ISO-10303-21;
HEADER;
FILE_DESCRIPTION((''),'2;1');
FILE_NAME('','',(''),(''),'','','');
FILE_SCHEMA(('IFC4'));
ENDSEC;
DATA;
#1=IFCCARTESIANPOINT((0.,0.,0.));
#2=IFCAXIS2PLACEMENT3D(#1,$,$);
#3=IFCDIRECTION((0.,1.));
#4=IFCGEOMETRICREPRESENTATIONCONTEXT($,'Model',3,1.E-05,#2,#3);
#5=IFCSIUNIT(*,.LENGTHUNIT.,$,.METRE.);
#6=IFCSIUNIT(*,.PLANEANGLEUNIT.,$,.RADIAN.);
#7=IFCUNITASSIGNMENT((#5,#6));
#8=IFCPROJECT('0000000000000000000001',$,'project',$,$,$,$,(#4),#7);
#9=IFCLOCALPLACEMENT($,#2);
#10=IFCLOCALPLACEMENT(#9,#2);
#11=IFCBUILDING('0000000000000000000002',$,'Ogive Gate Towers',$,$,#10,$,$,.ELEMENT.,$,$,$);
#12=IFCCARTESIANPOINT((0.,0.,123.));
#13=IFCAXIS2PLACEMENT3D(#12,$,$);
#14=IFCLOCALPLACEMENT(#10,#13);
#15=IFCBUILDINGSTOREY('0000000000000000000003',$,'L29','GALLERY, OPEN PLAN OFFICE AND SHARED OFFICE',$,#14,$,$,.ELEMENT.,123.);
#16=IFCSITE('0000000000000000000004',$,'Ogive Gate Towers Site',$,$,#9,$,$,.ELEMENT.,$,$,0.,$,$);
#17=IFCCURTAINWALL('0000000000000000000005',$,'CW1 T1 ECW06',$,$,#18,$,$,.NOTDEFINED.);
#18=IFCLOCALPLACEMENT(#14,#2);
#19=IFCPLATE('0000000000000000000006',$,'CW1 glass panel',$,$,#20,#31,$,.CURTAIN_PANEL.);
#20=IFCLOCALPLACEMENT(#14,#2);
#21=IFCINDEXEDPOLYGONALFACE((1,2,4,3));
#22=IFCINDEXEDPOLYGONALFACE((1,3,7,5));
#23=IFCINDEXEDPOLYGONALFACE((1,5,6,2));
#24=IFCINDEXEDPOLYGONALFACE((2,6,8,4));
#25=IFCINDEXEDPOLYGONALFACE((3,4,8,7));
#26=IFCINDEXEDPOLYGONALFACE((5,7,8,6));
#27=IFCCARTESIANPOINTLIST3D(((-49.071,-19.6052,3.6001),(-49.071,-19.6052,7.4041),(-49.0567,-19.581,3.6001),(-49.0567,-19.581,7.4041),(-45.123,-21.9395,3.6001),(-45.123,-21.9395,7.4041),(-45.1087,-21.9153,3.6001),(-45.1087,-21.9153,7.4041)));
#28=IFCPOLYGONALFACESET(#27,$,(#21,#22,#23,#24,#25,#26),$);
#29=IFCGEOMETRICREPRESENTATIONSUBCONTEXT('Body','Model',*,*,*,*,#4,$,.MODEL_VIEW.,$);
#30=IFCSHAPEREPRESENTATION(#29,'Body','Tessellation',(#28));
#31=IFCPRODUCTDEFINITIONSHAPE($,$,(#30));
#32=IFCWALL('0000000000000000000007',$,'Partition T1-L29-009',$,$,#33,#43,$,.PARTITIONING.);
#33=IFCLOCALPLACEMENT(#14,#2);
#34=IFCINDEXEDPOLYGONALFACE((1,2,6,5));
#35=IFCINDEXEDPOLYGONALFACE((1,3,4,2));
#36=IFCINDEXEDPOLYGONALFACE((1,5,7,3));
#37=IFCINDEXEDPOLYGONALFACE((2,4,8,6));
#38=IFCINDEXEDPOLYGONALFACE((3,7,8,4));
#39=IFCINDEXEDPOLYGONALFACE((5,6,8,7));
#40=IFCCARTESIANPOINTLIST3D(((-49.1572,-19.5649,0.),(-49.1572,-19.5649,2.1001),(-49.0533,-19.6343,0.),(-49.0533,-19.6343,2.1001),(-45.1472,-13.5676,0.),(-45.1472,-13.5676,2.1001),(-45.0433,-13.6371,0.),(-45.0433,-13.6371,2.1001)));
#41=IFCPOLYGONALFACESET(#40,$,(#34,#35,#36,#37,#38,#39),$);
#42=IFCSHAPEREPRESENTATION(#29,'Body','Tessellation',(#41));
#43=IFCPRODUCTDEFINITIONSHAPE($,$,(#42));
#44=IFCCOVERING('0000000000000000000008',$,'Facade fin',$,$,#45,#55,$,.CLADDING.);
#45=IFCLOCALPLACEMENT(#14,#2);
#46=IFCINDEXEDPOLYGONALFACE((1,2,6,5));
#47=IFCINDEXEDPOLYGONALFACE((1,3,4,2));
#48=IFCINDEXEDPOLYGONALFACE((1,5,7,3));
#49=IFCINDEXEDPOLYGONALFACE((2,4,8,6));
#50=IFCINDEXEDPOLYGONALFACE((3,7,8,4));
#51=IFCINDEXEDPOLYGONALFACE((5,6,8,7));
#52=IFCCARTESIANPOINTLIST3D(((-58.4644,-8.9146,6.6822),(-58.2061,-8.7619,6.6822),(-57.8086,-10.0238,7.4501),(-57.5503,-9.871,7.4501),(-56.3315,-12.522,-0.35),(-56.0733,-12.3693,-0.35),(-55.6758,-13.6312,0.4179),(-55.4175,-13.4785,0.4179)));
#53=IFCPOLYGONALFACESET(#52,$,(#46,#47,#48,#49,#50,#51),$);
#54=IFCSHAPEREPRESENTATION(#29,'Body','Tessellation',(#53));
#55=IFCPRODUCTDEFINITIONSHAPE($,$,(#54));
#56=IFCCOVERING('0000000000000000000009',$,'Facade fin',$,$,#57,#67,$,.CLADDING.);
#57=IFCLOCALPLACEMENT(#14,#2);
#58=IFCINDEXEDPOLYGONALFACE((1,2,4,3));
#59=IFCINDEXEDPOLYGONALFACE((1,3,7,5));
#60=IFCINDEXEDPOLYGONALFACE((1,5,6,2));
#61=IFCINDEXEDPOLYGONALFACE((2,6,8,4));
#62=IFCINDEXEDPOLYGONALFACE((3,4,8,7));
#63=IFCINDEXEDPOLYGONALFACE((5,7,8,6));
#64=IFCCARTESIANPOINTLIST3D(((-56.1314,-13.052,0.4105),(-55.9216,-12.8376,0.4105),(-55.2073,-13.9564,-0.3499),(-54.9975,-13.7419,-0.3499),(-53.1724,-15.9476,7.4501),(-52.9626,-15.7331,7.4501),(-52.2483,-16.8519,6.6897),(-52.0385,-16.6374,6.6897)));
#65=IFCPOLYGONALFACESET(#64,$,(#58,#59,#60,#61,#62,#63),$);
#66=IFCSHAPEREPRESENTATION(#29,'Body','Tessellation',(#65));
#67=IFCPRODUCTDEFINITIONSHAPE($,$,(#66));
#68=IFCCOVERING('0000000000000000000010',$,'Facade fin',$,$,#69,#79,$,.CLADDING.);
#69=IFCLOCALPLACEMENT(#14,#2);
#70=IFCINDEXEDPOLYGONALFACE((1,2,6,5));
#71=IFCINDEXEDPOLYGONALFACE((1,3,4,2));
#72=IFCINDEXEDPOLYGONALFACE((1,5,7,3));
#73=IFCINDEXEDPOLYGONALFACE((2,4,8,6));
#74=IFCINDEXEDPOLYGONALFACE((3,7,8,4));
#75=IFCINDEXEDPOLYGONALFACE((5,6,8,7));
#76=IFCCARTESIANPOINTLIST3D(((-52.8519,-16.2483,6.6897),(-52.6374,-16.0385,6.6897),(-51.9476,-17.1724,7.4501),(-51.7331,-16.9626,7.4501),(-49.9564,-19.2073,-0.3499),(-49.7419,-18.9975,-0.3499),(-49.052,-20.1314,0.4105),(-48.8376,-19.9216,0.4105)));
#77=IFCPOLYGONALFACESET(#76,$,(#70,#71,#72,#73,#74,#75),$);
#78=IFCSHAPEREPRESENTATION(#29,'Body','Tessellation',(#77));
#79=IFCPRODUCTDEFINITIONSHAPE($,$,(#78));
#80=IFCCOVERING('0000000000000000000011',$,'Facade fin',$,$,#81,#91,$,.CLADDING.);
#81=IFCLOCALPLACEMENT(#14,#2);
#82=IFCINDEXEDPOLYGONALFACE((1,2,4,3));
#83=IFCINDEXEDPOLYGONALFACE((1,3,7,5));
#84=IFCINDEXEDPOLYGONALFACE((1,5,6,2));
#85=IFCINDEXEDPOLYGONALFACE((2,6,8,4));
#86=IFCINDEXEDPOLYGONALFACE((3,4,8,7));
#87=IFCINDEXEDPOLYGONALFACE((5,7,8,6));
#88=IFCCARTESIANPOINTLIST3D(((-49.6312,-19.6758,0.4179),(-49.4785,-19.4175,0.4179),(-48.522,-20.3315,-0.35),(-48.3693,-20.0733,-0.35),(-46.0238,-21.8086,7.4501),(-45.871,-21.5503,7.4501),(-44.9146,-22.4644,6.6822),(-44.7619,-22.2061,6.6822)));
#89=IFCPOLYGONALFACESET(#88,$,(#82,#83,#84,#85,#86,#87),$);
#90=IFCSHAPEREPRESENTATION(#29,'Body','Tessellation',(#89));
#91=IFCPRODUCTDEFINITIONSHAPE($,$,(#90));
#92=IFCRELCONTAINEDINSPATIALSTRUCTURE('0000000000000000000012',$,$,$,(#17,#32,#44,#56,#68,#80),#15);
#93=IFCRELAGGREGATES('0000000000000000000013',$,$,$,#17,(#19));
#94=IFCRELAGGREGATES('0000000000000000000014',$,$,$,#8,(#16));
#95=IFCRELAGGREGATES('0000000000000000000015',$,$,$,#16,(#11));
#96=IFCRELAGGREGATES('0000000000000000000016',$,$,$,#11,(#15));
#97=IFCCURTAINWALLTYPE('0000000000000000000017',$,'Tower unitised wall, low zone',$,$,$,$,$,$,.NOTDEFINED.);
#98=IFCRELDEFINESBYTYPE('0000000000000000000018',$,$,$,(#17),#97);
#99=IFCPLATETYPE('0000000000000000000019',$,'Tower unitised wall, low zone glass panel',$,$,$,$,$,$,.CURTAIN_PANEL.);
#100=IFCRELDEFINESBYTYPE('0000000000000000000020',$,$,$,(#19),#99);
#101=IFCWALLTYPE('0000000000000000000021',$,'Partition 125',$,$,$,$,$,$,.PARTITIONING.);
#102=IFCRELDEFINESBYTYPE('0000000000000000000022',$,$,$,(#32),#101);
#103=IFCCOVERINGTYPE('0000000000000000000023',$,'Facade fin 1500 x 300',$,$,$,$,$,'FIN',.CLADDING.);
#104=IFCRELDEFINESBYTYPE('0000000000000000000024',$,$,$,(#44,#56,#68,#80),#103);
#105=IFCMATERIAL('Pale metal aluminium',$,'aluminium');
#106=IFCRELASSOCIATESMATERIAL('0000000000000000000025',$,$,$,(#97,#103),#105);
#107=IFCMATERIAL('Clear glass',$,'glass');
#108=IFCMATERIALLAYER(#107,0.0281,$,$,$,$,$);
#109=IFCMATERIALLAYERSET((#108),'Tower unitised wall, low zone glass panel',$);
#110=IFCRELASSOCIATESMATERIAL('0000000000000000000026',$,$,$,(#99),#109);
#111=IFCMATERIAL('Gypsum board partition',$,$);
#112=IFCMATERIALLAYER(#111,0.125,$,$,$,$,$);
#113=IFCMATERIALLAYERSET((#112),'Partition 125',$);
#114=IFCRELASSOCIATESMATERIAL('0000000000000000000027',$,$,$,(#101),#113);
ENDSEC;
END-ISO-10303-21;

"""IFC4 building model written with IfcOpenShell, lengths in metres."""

from ifc_helpers import new_model, si_unit, direction, frame, frame_2d, origin, origin_2d, place, context, subcontext, project, spatial, rectangle, extrude, material, layer, layer_set, material_profile, profile_set, type_object, element, aggregate, save


model = new_model("IFC4")

# Units and contexts
model_context = context("Model", 3, precision=1e-05, world=origin(), true_north=direction((0.0, 1.0)))
body_context = subcontext(model_context, "Body", "Model", "MODEL_VIEW")
ifc_project = project(units=[si_unit("LENGTHUNIT", "METRE"), si_unit("PLANEANGLEUNIT", "RADIAN")], contexts=[model_context])

# Site, building, storey
site_placement = place(None, origin())
site = spatial("IfcSite", under=ifc_project, at=site_placement, Name="Ogive Gate Towers Site", CompositionType="ELEMENT", RefElevation=0.0)
building_placement = place(site_placement, origin())
building = spatial("IfcBuilding", under=site, at=building_placement, Name="Ogive Gate Towers", CompositionType="ELEMENT")
storey_placement = place(building_placement, frame((0.0, 0.0, 123.0)))
storey = spatial("IfcBuildingStorey", under=building, at=storey_placement, Name="L29", Description="GALLERY, OPEN PLAN OFFICE AND SHARED OFFICE", CompositionType="ELEMENT", Elevation=123.0)

# Shared definitions
ifc_material_1 = material(Name="Pale metal aluminium", Category="aluminium")
curtain_wall_type = type_object("IfcCurtainWallType", Name="Tower unitised wall, low zone", PredefinedType="NOTDEFINED", material=ifc_material_1)

# Curtain wall
curtain_wall_1_placement = place(storey_placement, origin())
curtain_wall_1 = element("IfcCurtainWall", 1, at=curtain_wall_1_placement, inside=storey, type_object=curtain_wall_type, Name="CW1 T1 ECW06", PredefinedType="NOTDEFINED")

# Plate
ifc_material_2 = material(Name="Clear glass", Category="glass")
ifc_layer_1 = layer(ifc_material_2, 0.0281)
ifc_layer_set_1 = layer_set([ifc_layer_1], Name="Tower unitised wall, low zone glass panel")
plate_type = type_object("IfcPlateType", Name="Tower unitised wall, low zone glass panel", PredefinedType="CURTAIN_PANEL", material=ifc_layer_set_1)
plate_1_placement = place(storey_placement, frame((-47.0898, -20.7603, 3.6001), z_axis=(0.0, 0.0, 1.0), x_axis=(0.860795, -0.508951, 0.0)))
plate_1 = element("IfcPlate", 2, at=plate_1_placement, type_object=plate_type, Name="CW1 glass panel", PredefinedType="CURTAIN_PANEL", context=body_context, shape_type="SweptSolid", body=[
    extrude(rectangle(XDim=4.5864, YDim=0.0281, at=origin_2d()), origin(), (0.0, 0.0, 1.0), 3.804),
])
aggregate(curtain_wall_1, [plate_1])

# Wall
ifc_material_3 = material(Name="Gypsum board partition")
ifc_layer_2 = layer(ifc_material_3, 0.125)
ifc_layer_set_2 = layer_set([ifc_layer_2], Name="Partition 125")
wall_type = type_object("IfcWallType", Name="Partition 125", PredefinedType="PARTITIONING", material=ifc_layer_set_2)
wall_placement = place(storey_placement, frame((-49.1052, -19.5996, 0.0), z_axis=(0.0, 0.0, 1.0), x_axis=(0.555832, 0.831295, 0.0)))
element("IfcWall", 3, at=wall_placement, inside=storey, type_object=wall_type, Name="Partition T1-L29-009", PredefinedType="PARTITIONING", context=body_context, shape_type="SweptSolid", body=[
    extrude(rectangle(XDim=7.2144, YDim=0.125, at=frame_2d((3.6072, 0.0))), origin(), (0.0, 0.0, 1.0), 2.1001),
])

# Coverings
ifc_material_profile_1 = material_profile(ifc_material_1, rectangle(XDim=0.3, YDim=1.5, at=origin_2d()), Name="1500 x 300 pale metal aluminium")
ifc_profile_set_1 = profile_set([ifc_material_profile_1], Name="Pale metal aluminium")
covering_type = type_object("IfcCoveringType", Name="Facade fin 1500 x 300", ElementType="FIN", PredefinedType="CLADDING", material=ifc_profile_set_1)
covering_1_placement = place(storey_placement, frame((-55.8745, -13.0002, 0.0339), z_axis=(-0.260536, 0.440669, 0.85903), x_axis=(-0.860806, -0.508933, 0.0)))
element("IfcCovering", 4, at=covering_1_placement, inside=storey, type_object=covering_type, Name="Facade fin", PredefinedType="CLADDING", context=body_context, shape_type="SweptSolid", body=[
    extrude(rectangle(XDim=0.3, YDim=1.5, at=origin_2d()), origin(), (0.0, 0.0, 1.0), 8.1863),
])
for number, where, z_axis, x_axis, name in (
    (5, (-55.5645, -13.397, 0.0303), (0.362324, -0.354551, 0.861983), (0.699399, 0.714731, 0.0), "Facade fin"),
    (6, (-49.397, -19.5645, 0.0303), (-0.354551, 0.362324, 0.861983), (-0.714731, -0.699399, 0.0), "Facade fin"),
):
    element("IfcCovering", number, at=place(storey_placement, frame(where, z_axis=z_axis, x_axis=x_axis)), inside=storey, type_object=covering_type, Name=name, PredefinedType="CLADDING", context=body_context, shape_type="SweptSolid", body=[
        extrude(rectangle(XDim=0.3, YDim=1.5, at=origin_2d()), origin(), (0.0, 0.0, 1.0), 8.1667),
    ])
covering_2_placement = place(storey_placement, frame((-49.0002, -19.8745, 0.0339), z_axis=(0.440669, -0.260536, 0.85903), x_axis=(0.508933, 0.860806, 0.0)))
element("IfcCovering", 7, at=covering_2_placement, inside=storey, type_object=covering_type, Name="Facade fin", PredefinedType="CLADDING", context=body_context, shape_type="SweptSolid", body=[
    extrude(rectangle(XDim=0.3, YDim=1.5, at=origin_2d()), origin(), (0.0, 0.0, 1.0), 8.1863),
])

save(model, "model.ifc")
